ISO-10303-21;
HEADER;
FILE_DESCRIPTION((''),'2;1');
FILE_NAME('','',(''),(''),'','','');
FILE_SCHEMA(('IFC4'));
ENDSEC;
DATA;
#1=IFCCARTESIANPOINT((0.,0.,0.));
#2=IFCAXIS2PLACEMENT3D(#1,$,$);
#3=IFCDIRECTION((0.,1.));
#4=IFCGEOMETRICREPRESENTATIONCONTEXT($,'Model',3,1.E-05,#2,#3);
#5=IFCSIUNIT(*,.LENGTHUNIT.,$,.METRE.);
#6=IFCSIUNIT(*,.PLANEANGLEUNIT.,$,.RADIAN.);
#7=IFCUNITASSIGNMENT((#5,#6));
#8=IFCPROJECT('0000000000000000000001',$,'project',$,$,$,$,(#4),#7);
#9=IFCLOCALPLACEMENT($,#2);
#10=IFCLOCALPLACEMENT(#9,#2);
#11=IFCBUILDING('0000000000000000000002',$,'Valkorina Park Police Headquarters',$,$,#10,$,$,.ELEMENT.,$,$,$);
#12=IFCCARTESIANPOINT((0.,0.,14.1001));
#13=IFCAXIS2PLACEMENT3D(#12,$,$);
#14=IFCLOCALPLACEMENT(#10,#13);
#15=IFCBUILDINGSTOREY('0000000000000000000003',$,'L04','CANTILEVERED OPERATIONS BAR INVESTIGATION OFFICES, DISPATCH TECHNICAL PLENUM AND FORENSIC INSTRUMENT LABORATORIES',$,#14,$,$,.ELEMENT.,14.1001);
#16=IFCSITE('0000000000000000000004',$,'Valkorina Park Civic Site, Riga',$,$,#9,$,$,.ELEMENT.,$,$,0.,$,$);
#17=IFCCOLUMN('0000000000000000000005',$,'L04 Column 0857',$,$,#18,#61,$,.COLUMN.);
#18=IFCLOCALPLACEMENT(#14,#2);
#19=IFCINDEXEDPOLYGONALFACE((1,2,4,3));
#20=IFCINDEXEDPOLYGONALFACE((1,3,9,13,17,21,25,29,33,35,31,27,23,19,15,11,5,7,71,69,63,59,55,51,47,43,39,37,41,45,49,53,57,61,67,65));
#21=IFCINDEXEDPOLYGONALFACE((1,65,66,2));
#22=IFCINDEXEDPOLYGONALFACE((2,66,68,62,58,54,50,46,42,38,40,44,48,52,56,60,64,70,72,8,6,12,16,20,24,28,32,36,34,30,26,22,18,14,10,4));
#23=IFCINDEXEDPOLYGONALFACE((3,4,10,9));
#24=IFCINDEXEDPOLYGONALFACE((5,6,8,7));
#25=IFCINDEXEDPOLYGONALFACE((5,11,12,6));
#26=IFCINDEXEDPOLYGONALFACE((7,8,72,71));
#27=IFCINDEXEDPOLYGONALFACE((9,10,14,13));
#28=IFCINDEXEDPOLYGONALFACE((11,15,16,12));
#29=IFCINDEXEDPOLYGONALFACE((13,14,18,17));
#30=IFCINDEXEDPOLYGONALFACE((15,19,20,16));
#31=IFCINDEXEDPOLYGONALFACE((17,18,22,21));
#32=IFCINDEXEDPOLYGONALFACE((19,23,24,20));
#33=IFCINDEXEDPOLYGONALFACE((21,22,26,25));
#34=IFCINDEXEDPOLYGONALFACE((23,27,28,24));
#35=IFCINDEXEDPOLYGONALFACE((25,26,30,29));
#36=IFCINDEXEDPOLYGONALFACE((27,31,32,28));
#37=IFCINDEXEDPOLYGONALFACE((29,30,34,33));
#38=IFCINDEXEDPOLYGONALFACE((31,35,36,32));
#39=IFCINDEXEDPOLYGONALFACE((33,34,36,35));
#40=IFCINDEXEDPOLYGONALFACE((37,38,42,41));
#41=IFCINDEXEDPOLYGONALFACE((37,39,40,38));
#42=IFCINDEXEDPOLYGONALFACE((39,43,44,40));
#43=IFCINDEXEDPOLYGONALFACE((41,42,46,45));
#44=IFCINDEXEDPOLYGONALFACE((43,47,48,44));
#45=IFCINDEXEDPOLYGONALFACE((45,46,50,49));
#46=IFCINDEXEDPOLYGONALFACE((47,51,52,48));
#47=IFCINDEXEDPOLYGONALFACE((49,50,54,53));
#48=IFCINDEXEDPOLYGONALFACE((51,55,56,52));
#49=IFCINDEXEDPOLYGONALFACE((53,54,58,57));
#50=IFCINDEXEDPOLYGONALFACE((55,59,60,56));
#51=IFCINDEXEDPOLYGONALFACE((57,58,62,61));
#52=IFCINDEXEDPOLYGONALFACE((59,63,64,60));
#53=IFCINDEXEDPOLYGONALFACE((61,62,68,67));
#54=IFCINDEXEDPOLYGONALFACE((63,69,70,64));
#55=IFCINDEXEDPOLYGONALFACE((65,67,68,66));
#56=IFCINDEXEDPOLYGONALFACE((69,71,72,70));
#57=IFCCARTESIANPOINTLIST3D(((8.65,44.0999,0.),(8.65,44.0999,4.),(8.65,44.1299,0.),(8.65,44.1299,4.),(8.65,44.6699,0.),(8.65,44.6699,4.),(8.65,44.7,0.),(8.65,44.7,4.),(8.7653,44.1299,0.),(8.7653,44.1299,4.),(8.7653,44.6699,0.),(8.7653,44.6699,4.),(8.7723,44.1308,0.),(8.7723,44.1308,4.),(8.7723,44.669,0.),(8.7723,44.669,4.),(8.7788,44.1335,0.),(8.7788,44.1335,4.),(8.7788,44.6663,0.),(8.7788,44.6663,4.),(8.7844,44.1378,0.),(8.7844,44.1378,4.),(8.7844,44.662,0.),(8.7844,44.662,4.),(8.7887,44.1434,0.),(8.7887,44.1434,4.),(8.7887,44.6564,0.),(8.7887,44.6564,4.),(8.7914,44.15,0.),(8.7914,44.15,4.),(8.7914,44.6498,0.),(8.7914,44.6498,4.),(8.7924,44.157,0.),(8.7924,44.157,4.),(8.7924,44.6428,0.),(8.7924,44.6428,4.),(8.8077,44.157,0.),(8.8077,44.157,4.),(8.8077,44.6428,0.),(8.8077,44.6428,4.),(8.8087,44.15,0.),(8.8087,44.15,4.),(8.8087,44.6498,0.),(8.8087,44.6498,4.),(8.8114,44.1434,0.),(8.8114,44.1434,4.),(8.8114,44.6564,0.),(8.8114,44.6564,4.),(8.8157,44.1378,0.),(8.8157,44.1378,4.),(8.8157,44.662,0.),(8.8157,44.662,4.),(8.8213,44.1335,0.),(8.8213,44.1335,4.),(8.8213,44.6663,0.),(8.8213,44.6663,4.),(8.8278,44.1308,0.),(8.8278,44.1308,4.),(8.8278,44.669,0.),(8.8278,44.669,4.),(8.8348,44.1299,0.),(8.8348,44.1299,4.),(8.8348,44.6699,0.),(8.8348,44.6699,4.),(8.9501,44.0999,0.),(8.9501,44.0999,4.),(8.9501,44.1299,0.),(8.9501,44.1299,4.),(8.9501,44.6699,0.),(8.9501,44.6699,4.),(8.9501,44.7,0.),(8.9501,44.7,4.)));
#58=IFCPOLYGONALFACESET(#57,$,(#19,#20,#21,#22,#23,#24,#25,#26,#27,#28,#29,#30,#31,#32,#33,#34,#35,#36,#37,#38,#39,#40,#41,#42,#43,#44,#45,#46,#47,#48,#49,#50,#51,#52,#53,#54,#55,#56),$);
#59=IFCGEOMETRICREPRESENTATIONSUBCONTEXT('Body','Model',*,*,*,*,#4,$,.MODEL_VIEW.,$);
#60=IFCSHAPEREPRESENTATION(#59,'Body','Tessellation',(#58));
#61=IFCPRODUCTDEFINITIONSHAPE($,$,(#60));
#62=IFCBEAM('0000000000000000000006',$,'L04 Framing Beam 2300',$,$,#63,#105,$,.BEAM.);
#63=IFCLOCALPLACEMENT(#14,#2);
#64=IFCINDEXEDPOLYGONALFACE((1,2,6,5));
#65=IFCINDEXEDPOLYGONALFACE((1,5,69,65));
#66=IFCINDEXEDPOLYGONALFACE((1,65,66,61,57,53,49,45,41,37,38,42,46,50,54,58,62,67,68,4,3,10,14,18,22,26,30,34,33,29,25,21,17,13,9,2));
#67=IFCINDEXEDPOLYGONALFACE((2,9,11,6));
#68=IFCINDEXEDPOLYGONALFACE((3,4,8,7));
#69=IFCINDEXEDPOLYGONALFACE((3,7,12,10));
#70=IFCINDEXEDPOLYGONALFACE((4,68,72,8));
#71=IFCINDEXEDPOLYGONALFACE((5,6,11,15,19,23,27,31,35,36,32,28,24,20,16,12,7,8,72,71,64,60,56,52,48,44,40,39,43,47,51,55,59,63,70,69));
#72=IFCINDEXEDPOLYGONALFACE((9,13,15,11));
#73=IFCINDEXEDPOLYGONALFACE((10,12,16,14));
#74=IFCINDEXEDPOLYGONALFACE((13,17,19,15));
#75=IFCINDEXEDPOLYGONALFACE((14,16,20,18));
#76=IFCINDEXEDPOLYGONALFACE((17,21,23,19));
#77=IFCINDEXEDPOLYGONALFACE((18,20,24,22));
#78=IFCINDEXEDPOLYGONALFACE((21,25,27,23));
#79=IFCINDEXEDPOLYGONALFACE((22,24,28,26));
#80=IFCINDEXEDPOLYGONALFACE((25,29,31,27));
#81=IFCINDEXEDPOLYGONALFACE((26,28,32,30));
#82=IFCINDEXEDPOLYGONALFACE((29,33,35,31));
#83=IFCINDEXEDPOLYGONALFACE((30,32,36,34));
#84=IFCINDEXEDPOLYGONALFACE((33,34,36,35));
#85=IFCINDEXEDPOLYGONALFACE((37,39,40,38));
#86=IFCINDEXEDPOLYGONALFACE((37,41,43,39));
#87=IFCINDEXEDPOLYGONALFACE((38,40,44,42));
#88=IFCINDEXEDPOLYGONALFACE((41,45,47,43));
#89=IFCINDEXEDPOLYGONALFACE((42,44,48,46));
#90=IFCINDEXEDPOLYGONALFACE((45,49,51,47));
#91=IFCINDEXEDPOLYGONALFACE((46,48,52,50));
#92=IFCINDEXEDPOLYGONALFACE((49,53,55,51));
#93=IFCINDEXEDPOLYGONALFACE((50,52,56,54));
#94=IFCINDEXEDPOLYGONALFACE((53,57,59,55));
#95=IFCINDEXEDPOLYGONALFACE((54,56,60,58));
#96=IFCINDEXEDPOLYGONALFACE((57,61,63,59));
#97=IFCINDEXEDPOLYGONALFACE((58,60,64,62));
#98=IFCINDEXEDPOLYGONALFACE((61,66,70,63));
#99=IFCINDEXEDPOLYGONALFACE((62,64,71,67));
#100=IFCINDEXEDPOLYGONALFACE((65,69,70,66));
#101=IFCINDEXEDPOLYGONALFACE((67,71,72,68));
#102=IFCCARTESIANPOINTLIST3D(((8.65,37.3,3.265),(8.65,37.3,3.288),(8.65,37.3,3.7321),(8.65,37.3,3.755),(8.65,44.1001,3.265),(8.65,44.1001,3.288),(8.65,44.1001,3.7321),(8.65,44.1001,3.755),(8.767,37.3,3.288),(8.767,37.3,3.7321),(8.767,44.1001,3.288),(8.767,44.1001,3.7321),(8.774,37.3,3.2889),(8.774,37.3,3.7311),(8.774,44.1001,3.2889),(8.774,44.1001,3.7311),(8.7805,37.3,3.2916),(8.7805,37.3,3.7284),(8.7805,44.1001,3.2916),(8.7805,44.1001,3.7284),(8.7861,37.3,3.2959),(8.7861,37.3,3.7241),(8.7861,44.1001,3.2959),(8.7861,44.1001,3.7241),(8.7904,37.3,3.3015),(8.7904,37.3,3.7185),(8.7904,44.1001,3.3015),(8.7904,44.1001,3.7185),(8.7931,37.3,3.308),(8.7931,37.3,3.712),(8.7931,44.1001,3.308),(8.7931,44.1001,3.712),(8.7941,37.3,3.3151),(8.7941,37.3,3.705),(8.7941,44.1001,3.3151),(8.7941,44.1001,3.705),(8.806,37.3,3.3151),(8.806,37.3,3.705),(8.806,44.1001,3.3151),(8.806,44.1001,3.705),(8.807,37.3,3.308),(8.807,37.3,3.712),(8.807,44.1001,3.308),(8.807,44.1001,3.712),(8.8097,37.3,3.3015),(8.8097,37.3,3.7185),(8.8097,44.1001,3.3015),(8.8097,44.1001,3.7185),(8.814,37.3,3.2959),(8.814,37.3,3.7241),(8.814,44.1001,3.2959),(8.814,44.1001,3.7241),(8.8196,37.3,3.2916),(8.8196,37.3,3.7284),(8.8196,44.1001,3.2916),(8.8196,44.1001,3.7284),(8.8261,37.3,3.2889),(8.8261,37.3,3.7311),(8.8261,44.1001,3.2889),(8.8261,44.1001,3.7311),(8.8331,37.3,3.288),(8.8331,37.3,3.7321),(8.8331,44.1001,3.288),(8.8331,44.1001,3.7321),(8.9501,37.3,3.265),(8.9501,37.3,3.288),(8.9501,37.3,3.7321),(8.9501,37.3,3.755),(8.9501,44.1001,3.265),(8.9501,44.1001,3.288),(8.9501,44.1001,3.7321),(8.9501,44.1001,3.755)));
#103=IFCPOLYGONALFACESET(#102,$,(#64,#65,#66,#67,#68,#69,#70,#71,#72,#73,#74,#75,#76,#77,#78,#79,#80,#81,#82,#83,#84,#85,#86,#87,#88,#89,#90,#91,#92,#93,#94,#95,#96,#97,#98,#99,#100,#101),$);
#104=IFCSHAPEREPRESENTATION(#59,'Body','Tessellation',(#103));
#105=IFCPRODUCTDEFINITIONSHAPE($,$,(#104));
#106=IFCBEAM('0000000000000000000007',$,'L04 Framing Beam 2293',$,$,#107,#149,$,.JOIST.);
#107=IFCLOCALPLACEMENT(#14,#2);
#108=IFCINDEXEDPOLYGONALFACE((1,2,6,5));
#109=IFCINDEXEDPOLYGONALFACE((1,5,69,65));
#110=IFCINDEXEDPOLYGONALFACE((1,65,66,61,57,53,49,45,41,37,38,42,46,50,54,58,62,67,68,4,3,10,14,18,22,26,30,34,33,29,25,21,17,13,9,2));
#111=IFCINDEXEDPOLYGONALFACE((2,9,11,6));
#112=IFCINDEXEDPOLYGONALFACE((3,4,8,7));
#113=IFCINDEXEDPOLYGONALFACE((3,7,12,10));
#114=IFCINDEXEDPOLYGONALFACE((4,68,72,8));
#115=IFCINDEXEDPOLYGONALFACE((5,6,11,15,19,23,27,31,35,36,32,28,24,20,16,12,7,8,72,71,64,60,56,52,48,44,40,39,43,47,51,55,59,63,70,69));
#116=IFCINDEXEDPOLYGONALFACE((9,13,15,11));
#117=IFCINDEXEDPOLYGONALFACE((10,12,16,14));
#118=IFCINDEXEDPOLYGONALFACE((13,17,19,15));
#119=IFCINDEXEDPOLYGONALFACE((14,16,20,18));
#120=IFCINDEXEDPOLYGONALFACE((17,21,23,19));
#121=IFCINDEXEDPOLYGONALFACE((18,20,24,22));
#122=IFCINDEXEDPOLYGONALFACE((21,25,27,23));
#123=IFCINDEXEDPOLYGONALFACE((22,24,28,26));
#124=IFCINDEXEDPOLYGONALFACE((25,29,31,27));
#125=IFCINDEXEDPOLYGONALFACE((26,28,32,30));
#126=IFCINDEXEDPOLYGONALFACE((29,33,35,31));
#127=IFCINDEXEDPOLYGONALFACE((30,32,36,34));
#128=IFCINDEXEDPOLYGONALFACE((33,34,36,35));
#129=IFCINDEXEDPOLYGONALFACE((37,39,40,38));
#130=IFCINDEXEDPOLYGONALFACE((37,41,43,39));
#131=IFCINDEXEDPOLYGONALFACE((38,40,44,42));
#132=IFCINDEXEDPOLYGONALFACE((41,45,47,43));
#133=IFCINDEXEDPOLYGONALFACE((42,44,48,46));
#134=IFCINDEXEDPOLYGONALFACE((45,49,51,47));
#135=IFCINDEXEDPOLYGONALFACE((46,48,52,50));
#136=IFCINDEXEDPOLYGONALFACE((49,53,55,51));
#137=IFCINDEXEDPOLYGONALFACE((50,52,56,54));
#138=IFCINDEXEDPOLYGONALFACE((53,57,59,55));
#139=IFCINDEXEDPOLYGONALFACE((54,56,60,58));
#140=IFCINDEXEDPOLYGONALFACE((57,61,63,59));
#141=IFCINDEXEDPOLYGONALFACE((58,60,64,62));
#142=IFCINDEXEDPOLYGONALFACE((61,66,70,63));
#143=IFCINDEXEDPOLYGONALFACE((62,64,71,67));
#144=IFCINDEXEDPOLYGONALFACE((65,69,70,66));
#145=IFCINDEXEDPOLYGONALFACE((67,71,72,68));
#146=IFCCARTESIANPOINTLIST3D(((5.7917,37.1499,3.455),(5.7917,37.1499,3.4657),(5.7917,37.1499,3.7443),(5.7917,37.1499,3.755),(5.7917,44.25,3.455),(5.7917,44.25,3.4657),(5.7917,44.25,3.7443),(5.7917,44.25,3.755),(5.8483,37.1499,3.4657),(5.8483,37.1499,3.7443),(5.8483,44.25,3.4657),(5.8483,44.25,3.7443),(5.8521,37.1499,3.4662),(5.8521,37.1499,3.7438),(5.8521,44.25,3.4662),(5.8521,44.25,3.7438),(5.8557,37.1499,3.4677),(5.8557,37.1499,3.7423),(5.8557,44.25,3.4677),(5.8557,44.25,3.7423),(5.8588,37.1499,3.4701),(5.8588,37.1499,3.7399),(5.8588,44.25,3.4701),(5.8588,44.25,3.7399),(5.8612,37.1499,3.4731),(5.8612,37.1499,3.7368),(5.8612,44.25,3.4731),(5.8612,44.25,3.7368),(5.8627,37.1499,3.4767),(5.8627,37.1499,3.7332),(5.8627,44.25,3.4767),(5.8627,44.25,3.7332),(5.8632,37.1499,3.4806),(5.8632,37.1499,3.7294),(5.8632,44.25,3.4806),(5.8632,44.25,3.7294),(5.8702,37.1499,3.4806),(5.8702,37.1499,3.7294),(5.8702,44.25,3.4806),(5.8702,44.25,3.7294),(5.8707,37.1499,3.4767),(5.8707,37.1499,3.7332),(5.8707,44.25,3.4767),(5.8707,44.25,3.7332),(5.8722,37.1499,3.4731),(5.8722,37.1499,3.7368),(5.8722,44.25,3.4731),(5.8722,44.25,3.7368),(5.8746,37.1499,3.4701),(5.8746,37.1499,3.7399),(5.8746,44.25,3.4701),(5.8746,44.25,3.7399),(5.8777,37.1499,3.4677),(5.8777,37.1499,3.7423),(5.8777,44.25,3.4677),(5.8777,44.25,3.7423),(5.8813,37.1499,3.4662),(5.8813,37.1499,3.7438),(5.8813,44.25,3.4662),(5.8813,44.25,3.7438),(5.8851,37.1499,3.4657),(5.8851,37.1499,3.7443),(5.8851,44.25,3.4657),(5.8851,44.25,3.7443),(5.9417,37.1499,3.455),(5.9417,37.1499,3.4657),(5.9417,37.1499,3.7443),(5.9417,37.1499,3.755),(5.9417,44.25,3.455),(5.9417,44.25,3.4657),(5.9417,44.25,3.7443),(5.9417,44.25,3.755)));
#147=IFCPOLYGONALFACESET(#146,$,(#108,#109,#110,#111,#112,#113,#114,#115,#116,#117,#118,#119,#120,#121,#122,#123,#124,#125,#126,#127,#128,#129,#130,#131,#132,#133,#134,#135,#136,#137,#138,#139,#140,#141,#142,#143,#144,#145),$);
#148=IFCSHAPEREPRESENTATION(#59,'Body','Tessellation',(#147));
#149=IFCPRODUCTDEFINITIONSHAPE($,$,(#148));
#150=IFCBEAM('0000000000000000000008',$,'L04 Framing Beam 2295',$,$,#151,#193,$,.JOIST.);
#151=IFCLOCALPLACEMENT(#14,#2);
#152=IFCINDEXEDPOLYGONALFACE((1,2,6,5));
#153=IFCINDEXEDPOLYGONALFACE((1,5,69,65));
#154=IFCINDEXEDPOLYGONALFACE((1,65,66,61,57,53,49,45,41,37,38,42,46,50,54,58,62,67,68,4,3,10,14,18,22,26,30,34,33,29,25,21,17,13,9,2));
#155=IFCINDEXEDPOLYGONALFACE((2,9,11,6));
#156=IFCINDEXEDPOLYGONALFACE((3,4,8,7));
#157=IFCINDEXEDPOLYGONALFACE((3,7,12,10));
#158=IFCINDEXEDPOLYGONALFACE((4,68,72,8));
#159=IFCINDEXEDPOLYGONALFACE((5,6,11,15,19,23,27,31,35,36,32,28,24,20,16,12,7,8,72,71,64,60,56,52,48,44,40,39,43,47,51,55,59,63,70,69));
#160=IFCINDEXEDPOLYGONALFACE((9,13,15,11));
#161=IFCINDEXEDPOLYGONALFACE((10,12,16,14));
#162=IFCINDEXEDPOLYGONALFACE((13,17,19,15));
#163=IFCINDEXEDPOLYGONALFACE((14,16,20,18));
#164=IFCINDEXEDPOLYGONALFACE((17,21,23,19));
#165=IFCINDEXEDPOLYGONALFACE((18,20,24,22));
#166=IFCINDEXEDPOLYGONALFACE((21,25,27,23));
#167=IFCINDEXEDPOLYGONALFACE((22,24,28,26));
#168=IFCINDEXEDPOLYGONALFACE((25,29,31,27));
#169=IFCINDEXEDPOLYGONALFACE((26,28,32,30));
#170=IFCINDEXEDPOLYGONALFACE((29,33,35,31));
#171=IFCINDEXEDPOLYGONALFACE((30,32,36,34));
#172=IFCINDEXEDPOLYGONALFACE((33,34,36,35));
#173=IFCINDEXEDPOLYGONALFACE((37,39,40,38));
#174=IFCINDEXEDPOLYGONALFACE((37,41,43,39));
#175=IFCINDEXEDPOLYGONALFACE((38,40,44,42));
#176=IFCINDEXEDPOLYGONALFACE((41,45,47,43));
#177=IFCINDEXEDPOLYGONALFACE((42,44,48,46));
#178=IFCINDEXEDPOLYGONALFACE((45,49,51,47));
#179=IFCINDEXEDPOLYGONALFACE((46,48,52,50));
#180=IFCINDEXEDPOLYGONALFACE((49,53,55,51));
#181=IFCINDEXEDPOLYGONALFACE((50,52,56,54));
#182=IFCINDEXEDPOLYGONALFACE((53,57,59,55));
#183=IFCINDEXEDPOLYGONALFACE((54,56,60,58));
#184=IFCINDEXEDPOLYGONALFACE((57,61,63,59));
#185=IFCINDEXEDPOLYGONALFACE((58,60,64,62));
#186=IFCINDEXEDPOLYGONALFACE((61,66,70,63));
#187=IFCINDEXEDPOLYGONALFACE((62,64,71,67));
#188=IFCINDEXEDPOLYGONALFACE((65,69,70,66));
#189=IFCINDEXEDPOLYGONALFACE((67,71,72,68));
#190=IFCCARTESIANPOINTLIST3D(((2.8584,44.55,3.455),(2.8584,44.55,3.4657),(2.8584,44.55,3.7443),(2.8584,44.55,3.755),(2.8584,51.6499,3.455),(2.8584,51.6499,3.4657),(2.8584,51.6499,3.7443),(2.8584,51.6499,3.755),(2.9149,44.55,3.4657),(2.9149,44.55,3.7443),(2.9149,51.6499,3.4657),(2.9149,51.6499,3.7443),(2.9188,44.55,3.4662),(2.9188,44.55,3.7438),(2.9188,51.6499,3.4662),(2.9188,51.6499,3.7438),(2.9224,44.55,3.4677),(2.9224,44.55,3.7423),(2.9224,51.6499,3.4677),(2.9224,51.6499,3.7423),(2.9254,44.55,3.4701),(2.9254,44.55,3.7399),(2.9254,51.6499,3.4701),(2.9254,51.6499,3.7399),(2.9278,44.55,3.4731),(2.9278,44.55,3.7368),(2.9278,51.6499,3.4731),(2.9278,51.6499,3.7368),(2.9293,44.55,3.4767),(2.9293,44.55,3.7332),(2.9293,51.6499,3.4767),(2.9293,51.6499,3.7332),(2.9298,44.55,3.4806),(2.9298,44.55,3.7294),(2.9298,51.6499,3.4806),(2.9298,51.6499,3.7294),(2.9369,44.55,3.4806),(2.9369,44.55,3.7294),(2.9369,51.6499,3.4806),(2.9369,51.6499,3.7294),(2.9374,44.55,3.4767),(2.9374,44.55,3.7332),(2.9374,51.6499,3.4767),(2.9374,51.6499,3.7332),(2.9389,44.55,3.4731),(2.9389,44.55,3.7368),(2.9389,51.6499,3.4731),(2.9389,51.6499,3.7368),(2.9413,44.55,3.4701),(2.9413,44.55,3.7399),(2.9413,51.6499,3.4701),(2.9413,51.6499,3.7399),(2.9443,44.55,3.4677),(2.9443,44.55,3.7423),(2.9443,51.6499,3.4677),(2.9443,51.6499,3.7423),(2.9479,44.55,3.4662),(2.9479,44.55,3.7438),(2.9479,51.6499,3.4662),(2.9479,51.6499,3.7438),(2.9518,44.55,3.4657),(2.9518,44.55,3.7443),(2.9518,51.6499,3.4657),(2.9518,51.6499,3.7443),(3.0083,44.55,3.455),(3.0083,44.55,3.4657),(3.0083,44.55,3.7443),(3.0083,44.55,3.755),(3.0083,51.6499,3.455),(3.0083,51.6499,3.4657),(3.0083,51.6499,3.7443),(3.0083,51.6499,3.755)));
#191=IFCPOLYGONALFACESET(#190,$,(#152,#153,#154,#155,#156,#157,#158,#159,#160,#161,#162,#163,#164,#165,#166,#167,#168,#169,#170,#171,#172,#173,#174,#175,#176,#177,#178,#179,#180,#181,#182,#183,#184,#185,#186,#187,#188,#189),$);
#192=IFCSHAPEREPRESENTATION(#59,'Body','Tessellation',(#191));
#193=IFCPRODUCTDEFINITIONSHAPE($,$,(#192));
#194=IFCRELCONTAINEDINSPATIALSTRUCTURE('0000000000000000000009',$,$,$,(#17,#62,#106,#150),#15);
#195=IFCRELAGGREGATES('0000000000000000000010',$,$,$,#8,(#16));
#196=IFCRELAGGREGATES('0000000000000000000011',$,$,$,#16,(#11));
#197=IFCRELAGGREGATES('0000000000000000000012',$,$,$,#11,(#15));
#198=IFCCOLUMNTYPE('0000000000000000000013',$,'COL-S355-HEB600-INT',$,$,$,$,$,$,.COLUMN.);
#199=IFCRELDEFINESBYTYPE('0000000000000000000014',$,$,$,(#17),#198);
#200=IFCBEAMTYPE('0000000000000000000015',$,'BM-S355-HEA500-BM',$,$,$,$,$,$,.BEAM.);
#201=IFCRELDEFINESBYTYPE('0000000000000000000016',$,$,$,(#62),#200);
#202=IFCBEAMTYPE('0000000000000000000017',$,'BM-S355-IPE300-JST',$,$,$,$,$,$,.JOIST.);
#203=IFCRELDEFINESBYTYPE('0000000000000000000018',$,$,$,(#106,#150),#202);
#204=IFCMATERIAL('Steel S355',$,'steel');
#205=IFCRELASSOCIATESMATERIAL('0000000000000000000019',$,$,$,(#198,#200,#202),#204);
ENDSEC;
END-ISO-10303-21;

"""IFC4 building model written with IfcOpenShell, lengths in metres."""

from ifc_helpers import new_model, si_unit, direction, frame, origin, origin_2d, place, context, subcontext, project, spatial, i_section, extrude, material, material_profile, profile_set, type_object, element, save


model = new_model("IFC4")

# Units and contexts
model_context = context("Model", 3, precision=1e-05, world=origin(), true_north=direction((0.0, 1.0)))
body_context = subcontext(model_context, "Body", "Model", "MODEL_VIEW")
ifc_project = project(units=[si_unit("LENGTHUNIT", "METRE"), si_unit("PLANEANGLEUNIT", "RADIAN")], contexts=[model_context])

# Site, building, storey
site_placement = place(None, origin())
site = spatial("IfcSite", under=ifc_project, at=site_placement, Name="Valkorina Park Civic Site, Riga", CompositionType="ELEMENT", RefElevation=0.0)
building_placement = place(site_placement, origin())
building = spatial("IfcBuilding", under=site, at=building_placement, Name="Valkorina Park Police Headquarters", CompositionType="ELEMENT")
storey_placement = place(building_placement, frame((0.0, 0.0, 14.1001)))
storey = spatial("IfcBuildingStorey", under=building, at=storey_placement, Name="L04", Description="CANTILEVERED OPERATIONS BAR INVESTIGATION OFFICES, DISPATCH TECHNICAL PLENUM AND FORENSIC INSTRUMENT LABORATORIES", CompositionType="ELEMENT", Elevation=14.1001)

# Column
ifc_material = material(Name="Steel S355", Category="steel")
ifc_material_profile_1 = material_profile(ifc_material, i_section(OverallWidth=0.3, OverallDepth=0.6001, WebThickness=0.0154, FlangeThickness=0.03, FilletRadius=0.0271, at=origin_2d()), Name="HEB 600")
ifc_profile_set_1 = profile_set([ifc_material_profile_1], Name="Steel S355")
column_type = type_object("IfcColumnType", Name="COL-S355-HEB600-INT", PredefinedType="COLUMN", material=ifc_profile_set_1)
column_placement = place(storey_placement, frame((8.8, 44.3999, 0.0), z_axis=(0.0, 0.0, 1.0), x_axis=(1.0, 0.0, 0.0)))
element("IfcColumn", 1, at=column_placement, inside=storey, type_object=column_type, Name="L04 Column 0857", PredefinedType="COLUMN", context=body_context, shape_type="SweptSolid", body=[
    extrude(i_section(OverallWidth=0.3, OverallDepth=0.6001, WebThickness=0.0154, FlangeThickness=0.03, FilletRadius=0.0271, at=origin_2d()), origin(), (0.0, 0.0, 1.0), 4.0),
])

# Beams
ifc_material_profile_2 = material_profile(ifc_material, i_section(OverallWidth=0.3, OverallDepth=0.49, WebThickness=0.012, FlangeThickness=0.0229, FilletRadius=0.0271, at=origin_2d()), Name="HEA 500")
ifc_profile_set_2 = profile_set([ifc_material_profile_2], Name="Steel S355")
beam_type_1 = type_object("IfcBeamType", Name="BM-S355-HEA500-BM", PredefinedType="BEAM", material=ifc_profile_set_2)
beam_1_placement = place(storey_placement, frame((8.8, 37.3, 3.51), z_axis=(0.0, 1.0, 0.0), x_axis=(-1.0, 0.0, 0.0)))
element("IfcBeam", 2, at=beam_1_placement, inside=storey, type_object=beam_type_1, Name="L04 Framing Beam 2300", PredefinedType="BEAM", context=body_context, shape_type="SweptSolid", body=[
    extrude(i_section(OverallWidth=0.3, OverallDepth=0.49, WebThickness=0.012, FlangeThickness=0.0229, FilletRadius=0.0271, at=origin_2d()), origin(), (0.0, 0.0, 1.0), 6.8),
])
ifc_material_profile_3 = material_profile(ifc_material, i_section(OverallWidth=0.1499, OverallDepth=0.3, WebThickness=0.0071, FlangeThickness=0.0107, FilletRadius=0.0149, at=origin_2d()), Name="IPE 300")
ifc_profile_set_3 = profile_set([ifc_material_profile_3], Name="Steel S355")
beam_type_2 = type_object("IfcBeamType", Name="BM-S355-IPE300-JST", PredefinedType="JOIST", material=ifc_profile_set_3)
beam_2_placement = place(storey_placement, frame((5.8667, 37.1499, 3.605), z_axis=(0.0, 1.0, 0.0), x_axis=(-1.0, 0.0, 0.0)))
element("IfcBeam", 3, at=beam_2_placement, inside=storey, type_object=beam_type_2, Name="L04 Framing Beam 2293", PredefinedType="JOIST", context=body_context, shape_type="SweptSolid", body=[
    extrude(i_section(OverallWidth=0.1499, OverallDepth=0.3, WebThickness=0.0071, FlangeThickness=0.0107, FilletRadius=0.0149, at=origin_2d()), origin(), (0.0, 0.0, 1.0), 7.1001),
])
for number, where, z_axis, x_axis, name in (
    (4, (2.9333, 44.55, 3.605), (0.0, 1.0, 0.0), (-1.0, 0.0, 0.0), "L04 Framing Beam 2295"),
):
    element("IfcBeam", number, at=place(storey_placement, frame(where, z_axis=z_axis, x_axis=x_axis)), inside=storey, type_object=beam_type_2, Name=name, PredefinedType="JOIST", context=body_context, shape_type="SweptSolid", body=[
        extrude(i_section(OverallWidth=0.1499, OverallDepth=0.3, WebThickness=0.0071, FlangeThickness=0.0107, FilletRadius=0.0149, at=origin_2d()), origin(), (0.0, 0.0, 1.0), 7.0999),
    ])

save(model, "model.ifc")
